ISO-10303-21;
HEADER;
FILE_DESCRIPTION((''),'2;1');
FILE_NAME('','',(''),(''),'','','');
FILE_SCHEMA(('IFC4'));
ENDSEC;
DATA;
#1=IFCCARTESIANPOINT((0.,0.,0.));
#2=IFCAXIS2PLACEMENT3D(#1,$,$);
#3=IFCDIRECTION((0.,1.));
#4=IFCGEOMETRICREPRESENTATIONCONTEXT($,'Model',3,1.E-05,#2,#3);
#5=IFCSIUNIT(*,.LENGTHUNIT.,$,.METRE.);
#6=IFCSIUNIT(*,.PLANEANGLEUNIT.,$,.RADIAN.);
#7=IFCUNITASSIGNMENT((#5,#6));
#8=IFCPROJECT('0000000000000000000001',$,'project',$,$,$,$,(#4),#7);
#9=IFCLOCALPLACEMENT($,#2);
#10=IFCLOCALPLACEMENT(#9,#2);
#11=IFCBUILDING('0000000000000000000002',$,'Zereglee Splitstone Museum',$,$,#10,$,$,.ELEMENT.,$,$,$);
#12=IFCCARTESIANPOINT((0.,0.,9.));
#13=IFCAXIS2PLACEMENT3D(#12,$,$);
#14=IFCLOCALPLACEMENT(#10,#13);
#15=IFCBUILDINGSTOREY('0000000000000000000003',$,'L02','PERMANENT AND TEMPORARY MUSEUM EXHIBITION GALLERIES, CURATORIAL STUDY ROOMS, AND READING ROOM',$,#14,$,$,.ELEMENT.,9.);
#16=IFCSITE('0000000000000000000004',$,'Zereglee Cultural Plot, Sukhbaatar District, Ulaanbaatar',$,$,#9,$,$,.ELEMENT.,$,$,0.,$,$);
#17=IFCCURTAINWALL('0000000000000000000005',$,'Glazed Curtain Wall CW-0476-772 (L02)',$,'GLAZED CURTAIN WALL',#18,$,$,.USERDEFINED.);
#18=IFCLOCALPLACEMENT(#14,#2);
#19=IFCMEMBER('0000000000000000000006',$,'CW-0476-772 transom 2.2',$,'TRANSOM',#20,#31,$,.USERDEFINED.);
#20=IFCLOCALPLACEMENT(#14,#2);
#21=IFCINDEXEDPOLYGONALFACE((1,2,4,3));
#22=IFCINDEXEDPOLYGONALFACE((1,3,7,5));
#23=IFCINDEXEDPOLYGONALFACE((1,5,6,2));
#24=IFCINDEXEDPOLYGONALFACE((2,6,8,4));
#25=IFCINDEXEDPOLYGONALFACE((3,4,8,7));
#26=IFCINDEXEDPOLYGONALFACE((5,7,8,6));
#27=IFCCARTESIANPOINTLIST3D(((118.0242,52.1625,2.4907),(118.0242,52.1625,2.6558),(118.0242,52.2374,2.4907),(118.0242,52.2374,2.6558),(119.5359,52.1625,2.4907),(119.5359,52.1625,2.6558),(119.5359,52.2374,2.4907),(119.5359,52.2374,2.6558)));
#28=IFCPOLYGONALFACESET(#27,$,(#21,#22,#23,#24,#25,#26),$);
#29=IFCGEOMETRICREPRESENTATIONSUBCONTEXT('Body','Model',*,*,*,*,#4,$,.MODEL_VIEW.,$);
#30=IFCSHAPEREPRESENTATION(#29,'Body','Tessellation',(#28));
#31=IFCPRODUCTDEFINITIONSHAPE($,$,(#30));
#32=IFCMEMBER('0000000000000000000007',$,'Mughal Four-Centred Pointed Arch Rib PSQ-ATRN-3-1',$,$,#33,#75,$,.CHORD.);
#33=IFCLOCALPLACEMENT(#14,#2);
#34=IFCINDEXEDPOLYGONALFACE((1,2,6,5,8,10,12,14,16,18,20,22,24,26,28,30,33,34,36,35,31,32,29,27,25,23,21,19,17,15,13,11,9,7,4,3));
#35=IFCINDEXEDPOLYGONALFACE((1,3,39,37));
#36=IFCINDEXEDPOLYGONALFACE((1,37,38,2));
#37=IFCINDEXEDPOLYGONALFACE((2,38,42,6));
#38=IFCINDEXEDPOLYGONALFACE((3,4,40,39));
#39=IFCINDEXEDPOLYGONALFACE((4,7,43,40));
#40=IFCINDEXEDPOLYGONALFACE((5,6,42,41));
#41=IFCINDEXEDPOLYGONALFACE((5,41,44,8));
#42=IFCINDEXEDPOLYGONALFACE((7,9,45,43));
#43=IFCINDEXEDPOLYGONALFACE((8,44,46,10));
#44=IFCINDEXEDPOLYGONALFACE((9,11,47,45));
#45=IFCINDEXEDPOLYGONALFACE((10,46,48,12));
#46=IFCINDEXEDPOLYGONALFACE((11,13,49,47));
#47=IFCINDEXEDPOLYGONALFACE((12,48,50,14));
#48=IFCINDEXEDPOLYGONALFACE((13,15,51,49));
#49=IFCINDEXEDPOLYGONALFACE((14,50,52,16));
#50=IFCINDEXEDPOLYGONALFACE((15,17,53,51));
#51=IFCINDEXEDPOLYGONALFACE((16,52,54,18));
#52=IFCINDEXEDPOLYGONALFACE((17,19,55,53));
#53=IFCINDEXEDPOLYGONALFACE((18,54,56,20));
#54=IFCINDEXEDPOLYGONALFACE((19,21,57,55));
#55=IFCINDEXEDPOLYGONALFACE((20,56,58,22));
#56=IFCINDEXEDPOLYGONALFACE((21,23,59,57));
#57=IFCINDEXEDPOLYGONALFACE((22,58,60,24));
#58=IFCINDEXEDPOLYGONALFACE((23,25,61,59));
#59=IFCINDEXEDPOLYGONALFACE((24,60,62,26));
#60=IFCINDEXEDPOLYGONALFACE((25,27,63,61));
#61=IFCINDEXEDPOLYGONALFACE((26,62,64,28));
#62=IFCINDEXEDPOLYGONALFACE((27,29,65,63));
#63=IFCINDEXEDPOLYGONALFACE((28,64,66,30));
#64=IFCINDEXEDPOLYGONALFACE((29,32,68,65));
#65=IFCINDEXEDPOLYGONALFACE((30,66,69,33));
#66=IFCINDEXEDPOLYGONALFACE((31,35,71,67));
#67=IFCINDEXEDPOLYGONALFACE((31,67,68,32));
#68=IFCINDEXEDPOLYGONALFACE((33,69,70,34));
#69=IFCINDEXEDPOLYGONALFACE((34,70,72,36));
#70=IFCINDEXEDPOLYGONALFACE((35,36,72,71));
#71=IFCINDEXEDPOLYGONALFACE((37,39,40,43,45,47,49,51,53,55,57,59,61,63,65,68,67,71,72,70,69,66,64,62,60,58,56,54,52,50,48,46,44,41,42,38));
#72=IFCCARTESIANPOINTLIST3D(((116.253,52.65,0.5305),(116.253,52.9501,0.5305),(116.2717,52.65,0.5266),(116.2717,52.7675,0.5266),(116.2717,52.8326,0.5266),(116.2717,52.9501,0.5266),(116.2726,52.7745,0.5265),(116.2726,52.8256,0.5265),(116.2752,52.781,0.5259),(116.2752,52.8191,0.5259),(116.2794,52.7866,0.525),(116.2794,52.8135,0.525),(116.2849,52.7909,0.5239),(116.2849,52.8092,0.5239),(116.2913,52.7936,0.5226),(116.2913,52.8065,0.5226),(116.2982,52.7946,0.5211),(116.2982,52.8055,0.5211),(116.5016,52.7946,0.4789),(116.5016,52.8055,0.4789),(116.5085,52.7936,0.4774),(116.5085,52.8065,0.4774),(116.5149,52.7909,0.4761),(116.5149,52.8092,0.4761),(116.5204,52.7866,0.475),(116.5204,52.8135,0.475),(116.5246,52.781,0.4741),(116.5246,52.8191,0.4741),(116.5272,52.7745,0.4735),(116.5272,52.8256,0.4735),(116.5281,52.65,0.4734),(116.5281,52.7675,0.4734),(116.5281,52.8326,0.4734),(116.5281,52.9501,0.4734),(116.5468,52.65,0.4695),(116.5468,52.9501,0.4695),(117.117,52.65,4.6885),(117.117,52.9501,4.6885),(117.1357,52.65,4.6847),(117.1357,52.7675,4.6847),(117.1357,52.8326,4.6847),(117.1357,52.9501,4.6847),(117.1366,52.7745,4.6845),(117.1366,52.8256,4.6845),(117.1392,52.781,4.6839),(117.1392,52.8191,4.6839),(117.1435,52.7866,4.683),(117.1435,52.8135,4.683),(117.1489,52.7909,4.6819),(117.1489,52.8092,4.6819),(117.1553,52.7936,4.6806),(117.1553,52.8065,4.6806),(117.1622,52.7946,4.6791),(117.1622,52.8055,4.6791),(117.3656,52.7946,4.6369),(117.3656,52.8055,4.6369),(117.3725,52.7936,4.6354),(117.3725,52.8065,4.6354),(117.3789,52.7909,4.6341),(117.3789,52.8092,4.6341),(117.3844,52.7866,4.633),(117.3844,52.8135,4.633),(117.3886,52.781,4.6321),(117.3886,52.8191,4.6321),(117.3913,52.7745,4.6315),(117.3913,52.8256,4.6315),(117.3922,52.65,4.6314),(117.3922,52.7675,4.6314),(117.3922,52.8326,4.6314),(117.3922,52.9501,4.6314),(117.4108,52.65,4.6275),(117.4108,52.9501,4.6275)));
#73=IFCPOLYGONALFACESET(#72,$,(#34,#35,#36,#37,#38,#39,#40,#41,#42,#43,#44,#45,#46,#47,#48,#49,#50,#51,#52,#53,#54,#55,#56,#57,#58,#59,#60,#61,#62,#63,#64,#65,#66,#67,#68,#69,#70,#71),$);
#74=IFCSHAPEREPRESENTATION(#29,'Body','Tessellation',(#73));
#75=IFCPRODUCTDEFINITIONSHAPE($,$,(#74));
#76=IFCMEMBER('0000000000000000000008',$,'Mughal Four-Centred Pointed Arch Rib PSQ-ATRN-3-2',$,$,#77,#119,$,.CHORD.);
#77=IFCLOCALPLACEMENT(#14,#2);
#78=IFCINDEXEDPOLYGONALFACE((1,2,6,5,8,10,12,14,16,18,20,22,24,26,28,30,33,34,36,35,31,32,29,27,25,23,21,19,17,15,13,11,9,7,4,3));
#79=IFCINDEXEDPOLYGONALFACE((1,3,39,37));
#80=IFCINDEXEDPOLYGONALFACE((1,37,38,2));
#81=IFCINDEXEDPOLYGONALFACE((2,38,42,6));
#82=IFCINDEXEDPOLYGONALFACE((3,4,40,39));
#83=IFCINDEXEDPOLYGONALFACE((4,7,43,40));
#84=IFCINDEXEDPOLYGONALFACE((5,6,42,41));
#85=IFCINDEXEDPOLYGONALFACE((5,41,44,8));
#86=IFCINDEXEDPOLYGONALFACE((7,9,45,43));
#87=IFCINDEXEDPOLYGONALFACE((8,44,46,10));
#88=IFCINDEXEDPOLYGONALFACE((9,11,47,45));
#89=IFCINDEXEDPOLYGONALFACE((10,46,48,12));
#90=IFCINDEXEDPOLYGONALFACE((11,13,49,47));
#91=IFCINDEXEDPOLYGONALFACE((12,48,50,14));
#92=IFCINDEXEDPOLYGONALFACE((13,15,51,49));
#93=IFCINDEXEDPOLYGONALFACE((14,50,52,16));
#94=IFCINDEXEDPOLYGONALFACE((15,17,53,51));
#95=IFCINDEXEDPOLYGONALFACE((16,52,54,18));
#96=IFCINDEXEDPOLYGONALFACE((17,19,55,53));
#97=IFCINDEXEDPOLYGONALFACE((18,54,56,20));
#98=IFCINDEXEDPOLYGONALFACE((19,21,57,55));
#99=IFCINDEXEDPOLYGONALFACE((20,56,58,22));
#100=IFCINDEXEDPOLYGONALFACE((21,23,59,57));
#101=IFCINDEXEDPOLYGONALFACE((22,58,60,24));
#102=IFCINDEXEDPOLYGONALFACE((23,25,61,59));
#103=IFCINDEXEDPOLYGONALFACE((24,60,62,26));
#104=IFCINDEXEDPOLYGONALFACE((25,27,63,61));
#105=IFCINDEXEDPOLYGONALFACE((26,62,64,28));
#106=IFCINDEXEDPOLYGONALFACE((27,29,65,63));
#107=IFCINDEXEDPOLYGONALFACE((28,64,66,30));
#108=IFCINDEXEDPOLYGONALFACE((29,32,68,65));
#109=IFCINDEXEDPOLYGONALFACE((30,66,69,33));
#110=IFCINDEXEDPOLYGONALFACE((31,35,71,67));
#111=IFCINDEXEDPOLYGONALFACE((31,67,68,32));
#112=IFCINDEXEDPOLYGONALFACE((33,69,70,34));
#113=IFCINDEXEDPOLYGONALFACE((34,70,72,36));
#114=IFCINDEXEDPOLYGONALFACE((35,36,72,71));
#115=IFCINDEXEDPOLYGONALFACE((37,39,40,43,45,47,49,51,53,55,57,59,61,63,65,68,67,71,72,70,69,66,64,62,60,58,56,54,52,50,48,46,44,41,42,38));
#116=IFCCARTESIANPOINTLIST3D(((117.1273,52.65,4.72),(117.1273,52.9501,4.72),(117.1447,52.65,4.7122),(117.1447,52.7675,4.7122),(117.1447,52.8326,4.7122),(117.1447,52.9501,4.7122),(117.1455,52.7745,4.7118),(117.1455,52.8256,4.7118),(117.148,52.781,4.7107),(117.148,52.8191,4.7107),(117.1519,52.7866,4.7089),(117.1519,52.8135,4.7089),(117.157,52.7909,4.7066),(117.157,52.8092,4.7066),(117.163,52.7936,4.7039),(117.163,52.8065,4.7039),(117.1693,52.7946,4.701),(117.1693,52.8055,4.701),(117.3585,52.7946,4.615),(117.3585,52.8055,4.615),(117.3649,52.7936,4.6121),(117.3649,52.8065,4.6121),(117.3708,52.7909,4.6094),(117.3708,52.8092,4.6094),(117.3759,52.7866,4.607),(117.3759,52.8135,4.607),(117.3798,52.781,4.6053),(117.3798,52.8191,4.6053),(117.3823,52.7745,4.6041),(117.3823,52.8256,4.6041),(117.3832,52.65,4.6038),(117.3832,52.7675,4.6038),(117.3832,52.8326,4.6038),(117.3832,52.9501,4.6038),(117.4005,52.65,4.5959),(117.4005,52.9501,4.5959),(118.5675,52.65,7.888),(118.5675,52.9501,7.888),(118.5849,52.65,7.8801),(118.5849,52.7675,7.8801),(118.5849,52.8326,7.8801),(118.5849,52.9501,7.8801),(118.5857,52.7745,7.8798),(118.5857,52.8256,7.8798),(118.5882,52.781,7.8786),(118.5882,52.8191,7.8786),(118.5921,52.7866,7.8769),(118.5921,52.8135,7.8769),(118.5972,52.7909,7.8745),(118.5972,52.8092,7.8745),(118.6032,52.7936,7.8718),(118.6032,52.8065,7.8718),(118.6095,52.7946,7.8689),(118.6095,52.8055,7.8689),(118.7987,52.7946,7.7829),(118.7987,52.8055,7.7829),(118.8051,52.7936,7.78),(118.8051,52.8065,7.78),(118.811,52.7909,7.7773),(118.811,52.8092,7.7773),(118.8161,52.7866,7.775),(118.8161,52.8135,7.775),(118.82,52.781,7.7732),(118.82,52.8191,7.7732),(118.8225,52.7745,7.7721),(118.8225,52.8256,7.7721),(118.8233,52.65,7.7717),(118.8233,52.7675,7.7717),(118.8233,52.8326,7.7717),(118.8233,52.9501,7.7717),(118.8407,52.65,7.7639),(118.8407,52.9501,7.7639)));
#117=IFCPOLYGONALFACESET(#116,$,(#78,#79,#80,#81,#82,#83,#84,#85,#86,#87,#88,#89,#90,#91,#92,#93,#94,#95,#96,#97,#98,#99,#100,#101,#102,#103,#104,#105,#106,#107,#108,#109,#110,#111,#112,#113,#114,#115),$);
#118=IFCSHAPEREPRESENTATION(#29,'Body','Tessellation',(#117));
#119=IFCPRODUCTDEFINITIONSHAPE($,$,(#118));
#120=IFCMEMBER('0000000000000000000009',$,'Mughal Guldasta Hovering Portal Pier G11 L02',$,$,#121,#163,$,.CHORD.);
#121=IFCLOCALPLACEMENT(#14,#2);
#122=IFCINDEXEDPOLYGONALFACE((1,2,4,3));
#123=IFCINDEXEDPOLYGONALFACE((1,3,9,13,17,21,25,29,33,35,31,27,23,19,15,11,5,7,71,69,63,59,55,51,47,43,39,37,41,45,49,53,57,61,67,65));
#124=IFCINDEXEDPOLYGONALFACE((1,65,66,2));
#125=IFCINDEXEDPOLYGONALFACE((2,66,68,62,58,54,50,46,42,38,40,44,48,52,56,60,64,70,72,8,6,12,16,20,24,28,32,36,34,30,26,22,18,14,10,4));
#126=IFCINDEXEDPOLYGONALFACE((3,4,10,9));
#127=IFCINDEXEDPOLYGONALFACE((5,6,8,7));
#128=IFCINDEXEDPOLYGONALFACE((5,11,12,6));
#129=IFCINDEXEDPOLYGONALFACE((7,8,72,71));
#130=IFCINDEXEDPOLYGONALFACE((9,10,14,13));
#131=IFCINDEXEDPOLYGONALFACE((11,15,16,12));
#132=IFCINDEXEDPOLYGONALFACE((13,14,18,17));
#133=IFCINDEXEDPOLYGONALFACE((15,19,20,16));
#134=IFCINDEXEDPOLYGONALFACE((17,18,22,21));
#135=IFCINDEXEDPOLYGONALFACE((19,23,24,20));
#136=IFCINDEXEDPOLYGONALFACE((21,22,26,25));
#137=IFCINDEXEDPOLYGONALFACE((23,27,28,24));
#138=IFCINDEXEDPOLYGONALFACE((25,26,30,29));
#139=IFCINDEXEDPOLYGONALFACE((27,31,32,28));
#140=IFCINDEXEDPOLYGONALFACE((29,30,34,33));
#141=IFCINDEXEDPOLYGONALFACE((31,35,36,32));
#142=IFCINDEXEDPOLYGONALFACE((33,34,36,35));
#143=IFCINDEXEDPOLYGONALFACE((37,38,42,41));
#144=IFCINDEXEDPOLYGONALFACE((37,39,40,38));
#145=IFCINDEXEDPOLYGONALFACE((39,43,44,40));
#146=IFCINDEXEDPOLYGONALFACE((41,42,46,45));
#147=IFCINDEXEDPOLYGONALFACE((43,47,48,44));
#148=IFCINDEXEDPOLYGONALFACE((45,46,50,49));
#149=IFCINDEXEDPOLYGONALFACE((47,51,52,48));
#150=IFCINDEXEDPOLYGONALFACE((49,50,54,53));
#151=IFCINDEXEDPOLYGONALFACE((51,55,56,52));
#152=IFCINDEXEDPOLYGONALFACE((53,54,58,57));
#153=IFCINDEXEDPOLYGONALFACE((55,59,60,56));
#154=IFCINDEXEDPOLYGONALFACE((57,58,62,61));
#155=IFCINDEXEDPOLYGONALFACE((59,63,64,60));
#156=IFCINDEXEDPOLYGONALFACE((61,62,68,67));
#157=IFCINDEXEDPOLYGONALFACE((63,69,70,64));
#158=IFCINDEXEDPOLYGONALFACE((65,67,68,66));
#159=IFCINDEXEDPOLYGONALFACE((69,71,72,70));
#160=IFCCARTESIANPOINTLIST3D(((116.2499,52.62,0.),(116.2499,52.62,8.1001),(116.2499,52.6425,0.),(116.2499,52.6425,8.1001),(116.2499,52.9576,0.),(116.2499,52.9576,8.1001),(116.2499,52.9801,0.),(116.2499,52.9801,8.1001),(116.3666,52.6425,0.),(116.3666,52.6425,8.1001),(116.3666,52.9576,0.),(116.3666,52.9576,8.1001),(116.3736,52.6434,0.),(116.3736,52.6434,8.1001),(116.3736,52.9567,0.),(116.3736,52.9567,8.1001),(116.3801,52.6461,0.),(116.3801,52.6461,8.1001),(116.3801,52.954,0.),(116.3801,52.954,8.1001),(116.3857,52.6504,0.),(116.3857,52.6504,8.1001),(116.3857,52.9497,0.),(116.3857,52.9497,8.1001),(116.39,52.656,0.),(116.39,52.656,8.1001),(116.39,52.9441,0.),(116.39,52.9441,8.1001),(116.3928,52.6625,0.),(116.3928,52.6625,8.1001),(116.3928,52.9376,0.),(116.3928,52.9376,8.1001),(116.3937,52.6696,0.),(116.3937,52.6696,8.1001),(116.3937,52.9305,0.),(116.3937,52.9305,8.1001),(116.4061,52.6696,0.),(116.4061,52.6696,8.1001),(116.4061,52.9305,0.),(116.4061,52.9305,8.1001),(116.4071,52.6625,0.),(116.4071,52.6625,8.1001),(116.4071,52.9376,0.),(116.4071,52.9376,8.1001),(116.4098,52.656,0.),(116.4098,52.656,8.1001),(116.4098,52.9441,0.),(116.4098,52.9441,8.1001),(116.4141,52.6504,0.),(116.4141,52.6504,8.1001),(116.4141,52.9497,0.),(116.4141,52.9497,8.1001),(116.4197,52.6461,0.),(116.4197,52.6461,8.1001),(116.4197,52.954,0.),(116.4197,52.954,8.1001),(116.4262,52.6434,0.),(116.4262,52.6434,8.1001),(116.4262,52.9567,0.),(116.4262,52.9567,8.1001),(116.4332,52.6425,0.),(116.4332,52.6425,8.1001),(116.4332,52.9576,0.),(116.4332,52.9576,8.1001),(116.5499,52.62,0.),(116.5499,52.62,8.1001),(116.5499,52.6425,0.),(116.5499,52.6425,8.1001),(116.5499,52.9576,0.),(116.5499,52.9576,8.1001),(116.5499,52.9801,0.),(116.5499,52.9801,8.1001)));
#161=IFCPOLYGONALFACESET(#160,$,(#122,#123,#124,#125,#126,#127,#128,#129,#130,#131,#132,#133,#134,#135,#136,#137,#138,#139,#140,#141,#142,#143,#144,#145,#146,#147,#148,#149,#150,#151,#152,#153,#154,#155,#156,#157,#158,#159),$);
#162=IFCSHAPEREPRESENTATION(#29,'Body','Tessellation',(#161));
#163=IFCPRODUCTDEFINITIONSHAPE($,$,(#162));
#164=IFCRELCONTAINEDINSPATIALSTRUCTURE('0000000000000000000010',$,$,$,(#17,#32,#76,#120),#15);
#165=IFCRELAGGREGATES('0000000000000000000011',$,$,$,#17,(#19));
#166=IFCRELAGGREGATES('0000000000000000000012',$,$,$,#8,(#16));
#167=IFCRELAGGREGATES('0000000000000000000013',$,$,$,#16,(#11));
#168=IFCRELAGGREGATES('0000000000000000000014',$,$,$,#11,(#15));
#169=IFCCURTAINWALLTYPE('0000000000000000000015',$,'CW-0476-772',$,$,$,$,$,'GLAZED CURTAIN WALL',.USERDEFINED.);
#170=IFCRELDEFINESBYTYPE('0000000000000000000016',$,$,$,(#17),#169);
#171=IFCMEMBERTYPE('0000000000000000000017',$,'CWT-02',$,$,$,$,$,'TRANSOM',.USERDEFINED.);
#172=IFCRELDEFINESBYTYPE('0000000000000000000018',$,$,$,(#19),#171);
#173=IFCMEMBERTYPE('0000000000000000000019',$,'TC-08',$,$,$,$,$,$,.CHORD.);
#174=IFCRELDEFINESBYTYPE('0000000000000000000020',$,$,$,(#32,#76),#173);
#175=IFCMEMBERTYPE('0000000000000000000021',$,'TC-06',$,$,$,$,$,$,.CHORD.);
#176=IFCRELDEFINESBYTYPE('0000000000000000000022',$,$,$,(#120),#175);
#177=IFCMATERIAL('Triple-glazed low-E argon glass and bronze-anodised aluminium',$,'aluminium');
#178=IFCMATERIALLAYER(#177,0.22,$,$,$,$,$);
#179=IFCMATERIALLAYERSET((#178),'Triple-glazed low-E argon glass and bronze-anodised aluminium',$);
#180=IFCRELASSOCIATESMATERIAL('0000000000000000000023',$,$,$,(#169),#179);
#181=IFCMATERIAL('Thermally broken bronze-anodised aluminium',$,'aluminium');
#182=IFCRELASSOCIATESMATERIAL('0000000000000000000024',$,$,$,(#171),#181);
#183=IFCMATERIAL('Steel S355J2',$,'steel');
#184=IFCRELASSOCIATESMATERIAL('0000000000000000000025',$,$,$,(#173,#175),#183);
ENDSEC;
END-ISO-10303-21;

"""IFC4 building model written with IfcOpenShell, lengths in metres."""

from ifc_helpers import new_model, si_unit, direction, frame, origin, origin_2d, place, context, subcontext, project, spatial, rectangle, i_section, extrude, material, layer, layer_set, material_profile, profile_set, type_object, element, aggregate, save


model = new_model("IFC4")

# Units and contexts
model_context = context("Model", 3, precision=1e-05, world=origin(), true_north=direction((0.0, 1.0)))
body_context = subcontext(model_context, "Body", "Model", "MODEL_VIEW")
ifc_project = project(units=[si_unit("LENGTHUNIT", "METRE"), si_unit("PLANEANGLEUNIT", "RADIAN")], contexts=[model_context])

# Site, building, storey
site_placement = place(None, origin())
site = spatial("IfcSite", under=ifc_project, at=site_placement, Name="Zereglee Cultural Plot, Sukhbaatar District, Ulaanbaatar", CompositionType="ELEMENT", RefElevation=0.0)
building_placement = place(site_placement, origin())
building = spatial("IfcBuilding", under=site, at=building_placement, Name="Zereglee Splitstone Museum", CompositionType="ELEMENT")
storey_placement = place(building_placement, frame((0.0, 0.0, 9.0)))
storey = spatial("IfcBuildingStorey", under=building, at=storey_placement, Name="L02", Description="PERMANENT AND TEMPORARY MUSEUM EXHIBITION GALLERIES, CURATORIAL STUDY ROOMS, AND READING ROOM", CompositionType="ELEMENT", Elevation=9.0)

# Curtain wall
ifc_material_1 = material(Name="Triple-glazed low-E argon glass and bronze-anodised aluminium", Category="aluminium")
ifc_material_2 = material(Name="Thermally broken bronze-anodised aluminium", Category="aluminium")
ifc_layer_1 = layer(ifc_material_1, 0.22)
ifc_layer_set_1 = layer_set([ifc_layer_1], Name="Triple-glazed low-E argon glass and bronze-anodised aluminium")
curtain_wall_type_1 = type_object("IfcCurtainWallType", Name="CW-0476-772", ElementType="GLAZED CURTAIN WALL", PredefinedType="USERDEFINED", material=ifc_layer_set_1)
curtain_wall_1_placement = place(storey_placement, origin())
curtain_wall_1 = element("IfcCurtainWall", 1, at=curtain_wall_1_placement, inside=storey, type_object=curtain_wall_type_1, Name="Glazed Curtain Wall CW-0476-772 (L02)", ObjectType="GLAZED CURTAIN WALL", PredefinedType="USERDEFINED")

# Member
ifc_material_profile_1 = material_profile(ifc_material_2, rectangle(XDim=0.075, YDim=0.165, at=origin_2d()), Name="CW TRAN 75x165")
ifc_profile_set_1 = profile_set([ifc_material_profile_1], Name="Thermally broken bronze-anodised aluminium")
member_type_1 = type_object("IfcMemberType", Name="CWT-02", ElementType="TRANSOM", PredefinedType="USERDEFINED", material=ifc_profile_set_1)
member_1_placement = place(storey_placement, frame((119.5359, 52.2, 2.5732), z_axis=(-1.0, 0.0, 0.0), x_axis=(0.0, -1.0, 0.0)))
member_1 = element("IfcMember", 2, at=member_1_placement, type_object=member_type_1, Name="CW-0476-772 transom 2.2", ObjectType="TRANSOM", PredefinedType="USERDEFINED", context=body_context, shape_type="SweptSolid", body=[
    extrude(rectangle(XDim=0.075, YDim=0.165, at=origin_2d()), origin(), (0.0, 0.0, 1.0), 1.5117),
])

# Members
ifc_material_3 = material(Name="Steel S355J2", Category="steel")
ifc_material_profile_2 = material_profile(ifc_material_3, i_section(OverallWidth=0.3, OverallDepth=0.3, WebThickness=0.011, FlangeThickness=0.019, FilletRadius=0.0271, at=origin_2d()), Name="HE 300 B")
ifc_profile_set_2 = profile_set([ifc_material_profile_2], Name="Steel S355J2")
member_type_2 = type_object("IfcMemberType", Name="TC-08", PredefinedType="CHORD", material=ifc_profile_set_2)
member_2_placement = place(storey_placement, frame((116.3999, 52.8, 0.5), z_axis=(0.203451, 0.0, 0.979085), x_axis=(0.0, 1.0, 0.0)))
element("IfcMember", 3, at=member_2_placement, inside=storey, type_object=member_type_2, Name="Mughal Four-Centred Pointed Arch Rib PSQ-ATRN-3-1", PredefinedType="CHORD", context=body_context, shape_type="SweptSolid", body=[
    extrude(i_section(OverallWidth=0.3, OverallDepth=0.3, WebThickness=0.011, FlangeThickness=0.019, FilletRadius=0.0271, at=origin_2d()), origin(), (0.0, 0.0, 1.0), 4.2468),
])
member_3_placement = place(storey_placement, frame((117.2639, 52.8, 4.658), z_axis=(0.413851, 0.0, 0.910345), x_axis=(0.0, 1.0, 0.0)))
element("IfcMember", 4, at=member_3_placement, inside=storey, type_object=member_type_2, Name="Mughal Four-Centred Pointed Arch Rib PSQ-ATRN-3-2", PredefinedType="CHORD", context=body_context, shape_type="SweptSolid", body=[
    extrude(i_section(OverallWidth=0.3, OverallDepth=0.3, WebThickness=0.011, FlangeThickness=0.019, FilletRadius=0.0271, at=origin_2d()), origin(), (0.0, 0.0, 1.0), 3.48),
])
ifc_material_profile_3 = material_profile(ifc_material_3, i_section(OverallWidth=0.3, OverallDepth=0.3601, WebThickness=0.0125, FlangeThickness=0.0225, FilletRadius=0.0271, at=origin_2d()), Name="HE 360 B")
ifc_profile_set_3 = profile_set([ifc_material_profile_3], Name="Steel S355J2")
member_type_3 = type_object("IfcMemberType", Name="TC-06", PredefinedType="CHORD", material=ifc_profile_set_3)
for number, where, z_axis, x_axis, name in (
    (5, (116.3999, 52.8, 0.0), (0.0, 0.0, 1.0), (1.0, 0.0, 0.0), "Mughal Guldasta Hovering Portal Pier G11 L02"),
):
    element("IfcMember", number, at=place(storey_placement, frame(where, z_axis=z_axis, x_axis=x_axis)), inside=storey, type_object=member_type_3, Name=name, PredefinedType="CHORD", context=body_context, shape_type="SweptSolid", body=[
        extrude(i_section(OverallWidth=0.3, OverallDepth=0.3601, WebThickness=0.0125, FlangeThickness=0.0225, FilletRadius=0.0271, at=origin_2d()), origin(), (0.0, 0.0, 1.0), 8.1001),
    ])

aggregate(curtain_wall_1, [member_1])

save(model, "model.ifc")
